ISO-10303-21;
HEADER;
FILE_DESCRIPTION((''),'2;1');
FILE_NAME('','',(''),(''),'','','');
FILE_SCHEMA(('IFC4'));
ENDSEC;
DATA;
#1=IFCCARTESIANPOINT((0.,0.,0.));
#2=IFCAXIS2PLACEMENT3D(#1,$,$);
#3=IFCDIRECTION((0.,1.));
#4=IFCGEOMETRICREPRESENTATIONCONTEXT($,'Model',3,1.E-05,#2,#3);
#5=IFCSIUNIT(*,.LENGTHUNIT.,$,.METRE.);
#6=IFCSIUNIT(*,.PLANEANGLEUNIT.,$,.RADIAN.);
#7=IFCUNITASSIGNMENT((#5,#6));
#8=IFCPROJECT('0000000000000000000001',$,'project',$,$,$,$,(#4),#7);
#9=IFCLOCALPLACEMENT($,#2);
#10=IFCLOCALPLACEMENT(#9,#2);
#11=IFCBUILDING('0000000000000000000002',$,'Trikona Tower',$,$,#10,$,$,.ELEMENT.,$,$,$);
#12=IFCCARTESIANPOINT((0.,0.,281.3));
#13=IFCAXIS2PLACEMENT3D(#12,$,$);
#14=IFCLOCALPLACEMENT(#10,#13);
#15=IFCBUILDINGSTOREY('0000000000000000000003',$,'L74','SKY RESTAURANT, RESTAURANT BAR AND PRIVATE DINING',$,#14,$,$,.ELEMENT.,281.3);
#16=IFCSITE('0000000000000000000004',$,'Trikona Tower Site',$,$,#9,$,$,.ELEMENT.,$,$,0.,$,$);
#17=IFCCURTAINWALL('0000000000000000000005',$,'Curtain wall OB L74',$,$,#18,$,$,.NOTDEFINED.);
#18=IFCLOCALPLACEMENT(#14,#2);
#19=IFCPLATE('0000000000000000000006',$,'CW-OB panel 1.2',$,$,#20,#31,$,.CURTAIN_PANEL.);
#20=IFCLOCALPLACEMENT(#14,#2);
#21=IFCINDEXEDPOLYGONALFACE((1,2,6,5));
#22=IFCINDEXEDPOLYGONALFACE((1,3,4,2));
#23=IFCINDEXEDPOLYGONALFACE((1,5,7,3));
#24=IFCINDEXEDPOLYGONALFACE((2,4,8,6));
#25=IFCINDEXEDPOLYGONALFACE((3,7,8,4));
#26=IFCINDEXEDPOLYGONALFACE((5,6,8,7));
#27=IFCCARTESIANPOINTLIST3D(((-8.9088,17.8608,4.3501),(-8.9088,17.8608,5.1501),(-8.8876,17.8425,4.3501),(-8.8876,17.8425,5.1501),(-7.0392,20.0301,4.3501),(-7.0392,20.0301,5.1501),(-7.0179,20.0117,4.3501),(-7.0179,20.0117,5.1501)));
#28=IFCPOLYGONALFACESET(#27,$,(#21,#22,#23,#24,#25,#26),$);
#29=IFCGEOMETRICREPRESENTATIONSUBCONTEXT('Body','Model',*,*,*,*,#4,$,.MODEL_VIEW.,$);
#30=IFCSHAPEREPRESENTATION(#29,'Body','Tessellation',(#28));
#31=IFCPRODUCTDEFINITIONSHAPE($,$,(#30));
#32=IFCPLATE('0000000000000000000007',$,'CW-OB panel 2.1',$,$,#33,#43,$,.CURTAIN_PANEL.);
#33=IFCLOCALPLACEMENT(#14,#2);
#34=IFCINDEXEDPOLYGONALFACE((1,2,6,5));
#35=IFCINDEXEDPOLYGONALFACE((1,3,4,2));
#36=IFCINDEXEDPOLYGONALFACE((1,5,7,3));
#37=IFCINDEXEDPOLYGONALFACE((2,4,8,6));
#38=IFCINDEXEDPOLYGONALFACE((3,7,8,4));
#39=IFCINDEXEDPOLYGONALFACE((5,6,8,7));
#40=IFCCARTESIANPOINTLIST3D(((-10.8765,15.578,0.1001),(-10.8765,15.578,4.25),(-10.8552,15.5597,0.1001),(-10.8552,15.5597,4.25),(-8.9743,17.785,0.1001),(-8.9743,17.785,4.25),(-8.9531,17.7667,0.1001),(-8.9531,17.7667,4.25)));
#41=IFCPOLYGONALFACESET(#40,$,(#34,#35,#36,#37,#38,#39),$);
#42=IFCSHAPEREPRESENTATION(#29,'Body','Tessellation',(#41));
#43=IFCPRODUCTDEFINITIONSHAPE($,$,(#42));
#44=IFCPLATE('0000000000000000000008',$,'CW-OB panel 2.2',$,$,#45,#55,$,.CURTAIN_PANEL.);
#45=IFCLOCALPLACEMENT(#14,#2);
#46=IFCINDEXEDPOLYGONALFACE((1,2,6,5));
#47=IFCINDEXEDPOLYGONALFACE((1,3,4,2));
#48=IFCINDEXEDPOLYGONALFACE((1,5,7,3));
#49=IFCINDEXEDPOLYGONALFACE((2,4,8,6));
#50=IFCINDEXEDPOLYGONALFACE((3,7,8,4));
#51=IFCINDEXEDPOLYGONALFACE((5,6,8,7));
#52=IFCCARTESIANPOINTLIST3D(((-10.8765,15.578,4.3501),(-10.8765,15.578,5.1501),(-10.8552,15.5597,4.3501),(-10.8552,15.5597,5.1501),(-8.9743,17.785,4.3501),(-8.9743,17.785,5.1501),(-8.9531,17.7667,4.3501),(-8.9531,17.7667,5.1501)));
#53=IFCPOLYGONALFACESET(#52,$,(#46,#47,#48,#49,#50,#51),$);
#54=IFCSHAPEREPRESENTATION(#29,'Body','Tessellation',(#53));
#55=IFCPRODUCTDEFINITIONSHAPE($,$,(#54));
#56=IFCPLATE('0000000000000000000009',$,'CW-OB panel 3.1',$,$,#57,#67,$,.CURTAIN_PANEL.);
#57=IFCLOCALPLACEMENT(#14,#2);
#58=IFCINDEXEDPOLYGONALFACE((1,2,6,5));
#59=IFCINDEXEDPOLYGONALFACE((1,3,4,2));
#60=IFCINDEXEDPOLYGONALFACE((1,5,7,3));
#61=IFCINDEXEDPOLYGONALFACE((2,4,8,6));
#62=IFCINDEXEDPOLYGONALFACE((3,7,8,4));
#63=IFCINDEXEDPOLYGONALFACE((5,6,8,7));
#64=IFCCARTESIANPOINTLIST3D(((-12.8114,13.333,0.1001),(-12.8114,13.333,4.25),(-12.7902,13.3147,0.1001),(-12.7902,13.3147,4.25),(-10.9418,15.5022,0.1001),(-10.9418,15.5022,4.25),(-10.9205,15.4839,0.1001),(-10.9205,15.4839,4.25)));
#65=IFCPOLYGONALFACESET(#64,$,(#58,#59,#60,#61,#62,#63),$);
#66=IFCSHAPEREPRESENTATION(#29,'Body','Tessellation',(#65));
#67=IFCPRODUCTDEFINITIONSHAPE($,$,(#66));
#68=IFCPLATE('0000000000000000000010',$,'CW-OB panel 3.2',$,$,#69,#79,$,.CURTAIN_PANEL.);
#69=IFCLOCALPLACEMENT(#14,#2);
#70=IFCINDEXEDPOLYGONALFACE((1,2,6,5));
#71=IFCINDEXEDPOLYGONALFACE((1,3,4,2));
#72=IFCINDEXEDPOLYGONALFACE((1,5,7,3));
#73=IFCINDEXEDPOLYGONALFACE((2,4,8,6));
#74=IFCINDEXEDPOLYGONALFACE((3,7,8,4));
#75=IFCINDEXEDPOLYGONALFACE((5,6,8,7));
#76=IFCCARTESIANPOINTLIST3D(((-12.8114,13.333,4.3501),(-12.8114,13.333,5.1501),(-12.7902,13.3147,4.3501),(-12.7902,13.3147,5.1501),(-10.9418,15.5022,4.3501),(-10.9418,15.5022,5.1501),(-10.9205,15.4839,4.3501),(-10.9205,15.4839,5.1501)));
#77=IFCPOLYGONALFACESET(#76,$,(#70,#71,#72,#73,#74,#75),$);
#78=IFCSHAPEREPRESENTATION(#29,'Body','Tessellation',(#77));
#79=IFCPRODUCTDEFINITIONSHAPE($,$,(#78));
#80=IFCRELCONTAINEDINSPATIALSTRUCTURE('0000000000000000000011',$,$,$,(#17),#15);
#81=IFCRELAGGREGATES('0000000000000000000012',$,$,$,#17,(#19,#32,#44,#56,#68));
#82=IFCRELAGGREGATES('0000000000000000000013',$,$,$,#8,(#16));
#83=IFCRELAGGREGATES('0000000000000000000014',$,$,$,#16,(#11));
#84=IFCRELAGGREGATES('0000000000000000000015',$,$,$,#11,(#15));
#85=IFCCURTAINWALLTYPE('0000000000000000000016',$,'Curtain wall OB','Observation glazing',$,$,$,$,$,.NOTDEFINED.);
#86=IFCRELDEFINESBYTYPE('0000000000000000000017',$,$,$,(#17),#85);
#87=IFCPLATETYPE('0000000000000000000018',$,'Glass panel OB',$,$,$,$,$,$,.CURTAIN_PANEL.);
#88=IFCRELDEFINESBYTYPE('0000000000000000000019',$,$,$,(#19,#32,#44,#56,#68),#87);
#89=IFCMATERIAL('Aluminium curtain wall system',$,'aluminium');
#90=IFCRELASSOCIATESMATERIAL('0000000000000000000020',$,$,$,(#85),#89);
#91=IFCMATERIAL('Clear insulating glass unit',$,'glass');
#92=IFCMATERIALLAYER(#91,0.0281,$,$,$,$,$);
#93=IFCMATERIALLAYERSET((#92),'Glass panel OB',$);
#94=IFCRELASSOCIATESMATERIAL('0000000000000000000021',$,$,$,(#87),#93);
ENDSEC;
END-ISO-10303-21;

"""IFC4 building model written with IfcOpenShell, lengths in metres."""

from ifc_helpers import new_model, si_unit, direction, frame, origin, origin_2d, place, context, subcontext, project, spatial, rectangle, extrude, material, layer, layer_set, type_object, element, aggregate, save


model = new_model("IFC4")

# Units and contexts
model_context = context("Model", 3, precision=1e-05, world=origin(), true_north=direction((0.0, 1.0)))
body_context = subcontext(model_context, "Body", "Model", "MODEL_VIEW")
ifc_project = project(units=[si_unit("LENGTHUNIT", "METRE"), si_unit("PLANEANGLEUNIT", "RADIAN")], contexts=[model_context])

# Site, building, storey
site_placement = place(None, origin())
site = spatial("IfcSite", under=ifc_project, at=site_placement, Name="Trikona Tower Site", CompositionType="ELEMENT", RefElevation=0.0)
building_placement = place(site_placement, origin())
building = spatial("IfcBuilding", under=site, at=building_placement, Name="Trikona Tower", CompositionType="ELEMENT")
storey_placement = place(building_placement, frame((0.0, 0.0, 281.3)))
storey = spatial("IfcBuildingStorey", under=building, at=storey_placement, Name="L74", Description="SKY RESTAURANT, RESTAURANT BAR AND PRIVATE DINING", CompositionType="ELEMENT", Elevation=281.3)

# Curtain wall, plates
ifc_material_1 = material(Name="Aluminium curtain wall system", Category="aluminium")
curtain_wall_type = type_object("IfcCurtainWallType", Name="Curtain wall OB", Description="Observation glazing", PredefinedType="NOTDEFINED", material=ifc_material_1)
curtain_wall_placement = place(storey_placement, origin())
curtain_wall = element("IfcCurtainWall", 1, at=curtain_wall_placement, inside=storey, type_object=curtain_wall_type, Name="Curtain wall OB L74", PredefinedType="NOTDEFINED")
ifc_material_2 = material(Name="Clear insulating glass unit", Category="glass")
ifc_layer = layer(ifc_material_2, 0.0281)
ifc_layer_set = layer_set([ifc_layer], Name="Glass panel OB")
plate_type = type_object("IfcPlateType", Name="Glass panel OB", PredefinedType="CURTAIN_PANEL", material=ifc_layer_set)
plate_1_placement = place(storey_placement, frame((-7.9634, 18.9363, 4.3501), z_axis=(0.0, 0.0, 1.0), x_axis=(-0.652864, -0.757475, 0.0)))
plate_1 = element("IfcPlate", 2, at=plate_1_placement, type_object=plate_type, Name="CW-OB panel 1.2", PredefinedType="CURTAIN_PANEL", context=body_context, shape_type="SweptSolid", body=[
    extrude(rectangle(XDim=2.8638, YDim=0.0281, at=origin_2d()), origin(), (0.0, 0.0, 1.0), 0.8),
])
plate_2_placement = place(storey_placement, frame((-9.9148, 16.6724, 0.1001), z_axis=(0.0, 0.0, 1.0), x_axis=(-0.652864, -0.757475, 0.0)))
plate_2 = element("IfcPlate", 3, at=plate_2_placement, type_object=plate_type, Name="CW-OB panel 2.1", PredefinedType="CURTAIN_PANEL", context=body_context, shape_type="SweptSolid", body=[
    extrude(rectangle(XDim=2.9136, YDim=0.0281, at=origin_2d()), origin(), (0.0, 0.0, 1.0), 4.1499),
])
plate_3_placement = place(storey_placement, frame((-9.9148, 16.6724, 4.3501), z_axis=(0.0, 0.0, 1.0), x_axis=(-0.652864, -0.757475, 0.0)))
plate_3 = element("IfcPlate", 4, at=plate_3_placement, type_object=plate_type, Name="CW-OB panel 2.2", PredefinedType="CURTAIN_PANEL", context=body_context, shape_type="SweptSolid", body=[
    extrude(rectangle(XDim=2.9136, YDim=0.0281, at=origin_2d()), origin(), (0.0, 0.0, 1.0), 0.8),
])
plate_4_placement = place(storey_placement, frame((-11.866, 14.4084, 0.1001), z_axis=(0.0, 0.0, 1.0), x_axis=(-0.652864, -0.757475, 0.0)))
plate_4 = element("IfcPlate", 5, at=plate_4_placement, type_object=plate_type, Name="CW-OB panel 3.1", PredefinedType="CURTAIN_PANEL", context=body_context, shape_type="SweptSolid", body=[
    extrude(rectangle(XDim=2.8638, YDim=0.0281, at=origin_2d()), origin(), (0.0, 0.0, 1.0), 4.1499),
])
plate_5_placement = place(storey_placement, frame((-11.866, 14.4084, 4.3501), z_axis=(0.0, 0.0, 1.0), x_axis=(-0.652864, -0.757475, 0.0)))
plate_5 = element("IfcPlate", 6, at=plate_5_placement, type_object=plate_type, Name="CW-OB panel 3.2", PredefinedType="CURTAIN_PANEL", context=body_context, shape_type="SweptSolid", body=[
    extrude(rectangle(XDim=2.8638, YDim=0.0281, at=origin_2d()), origin(), (0.0, 0.0, 1.0), 0.8),
])
aggregate(curtain_wall, [plate_1, plate_2, plate_3, plate_4, plate_5])

save(model, "model.ifc")
